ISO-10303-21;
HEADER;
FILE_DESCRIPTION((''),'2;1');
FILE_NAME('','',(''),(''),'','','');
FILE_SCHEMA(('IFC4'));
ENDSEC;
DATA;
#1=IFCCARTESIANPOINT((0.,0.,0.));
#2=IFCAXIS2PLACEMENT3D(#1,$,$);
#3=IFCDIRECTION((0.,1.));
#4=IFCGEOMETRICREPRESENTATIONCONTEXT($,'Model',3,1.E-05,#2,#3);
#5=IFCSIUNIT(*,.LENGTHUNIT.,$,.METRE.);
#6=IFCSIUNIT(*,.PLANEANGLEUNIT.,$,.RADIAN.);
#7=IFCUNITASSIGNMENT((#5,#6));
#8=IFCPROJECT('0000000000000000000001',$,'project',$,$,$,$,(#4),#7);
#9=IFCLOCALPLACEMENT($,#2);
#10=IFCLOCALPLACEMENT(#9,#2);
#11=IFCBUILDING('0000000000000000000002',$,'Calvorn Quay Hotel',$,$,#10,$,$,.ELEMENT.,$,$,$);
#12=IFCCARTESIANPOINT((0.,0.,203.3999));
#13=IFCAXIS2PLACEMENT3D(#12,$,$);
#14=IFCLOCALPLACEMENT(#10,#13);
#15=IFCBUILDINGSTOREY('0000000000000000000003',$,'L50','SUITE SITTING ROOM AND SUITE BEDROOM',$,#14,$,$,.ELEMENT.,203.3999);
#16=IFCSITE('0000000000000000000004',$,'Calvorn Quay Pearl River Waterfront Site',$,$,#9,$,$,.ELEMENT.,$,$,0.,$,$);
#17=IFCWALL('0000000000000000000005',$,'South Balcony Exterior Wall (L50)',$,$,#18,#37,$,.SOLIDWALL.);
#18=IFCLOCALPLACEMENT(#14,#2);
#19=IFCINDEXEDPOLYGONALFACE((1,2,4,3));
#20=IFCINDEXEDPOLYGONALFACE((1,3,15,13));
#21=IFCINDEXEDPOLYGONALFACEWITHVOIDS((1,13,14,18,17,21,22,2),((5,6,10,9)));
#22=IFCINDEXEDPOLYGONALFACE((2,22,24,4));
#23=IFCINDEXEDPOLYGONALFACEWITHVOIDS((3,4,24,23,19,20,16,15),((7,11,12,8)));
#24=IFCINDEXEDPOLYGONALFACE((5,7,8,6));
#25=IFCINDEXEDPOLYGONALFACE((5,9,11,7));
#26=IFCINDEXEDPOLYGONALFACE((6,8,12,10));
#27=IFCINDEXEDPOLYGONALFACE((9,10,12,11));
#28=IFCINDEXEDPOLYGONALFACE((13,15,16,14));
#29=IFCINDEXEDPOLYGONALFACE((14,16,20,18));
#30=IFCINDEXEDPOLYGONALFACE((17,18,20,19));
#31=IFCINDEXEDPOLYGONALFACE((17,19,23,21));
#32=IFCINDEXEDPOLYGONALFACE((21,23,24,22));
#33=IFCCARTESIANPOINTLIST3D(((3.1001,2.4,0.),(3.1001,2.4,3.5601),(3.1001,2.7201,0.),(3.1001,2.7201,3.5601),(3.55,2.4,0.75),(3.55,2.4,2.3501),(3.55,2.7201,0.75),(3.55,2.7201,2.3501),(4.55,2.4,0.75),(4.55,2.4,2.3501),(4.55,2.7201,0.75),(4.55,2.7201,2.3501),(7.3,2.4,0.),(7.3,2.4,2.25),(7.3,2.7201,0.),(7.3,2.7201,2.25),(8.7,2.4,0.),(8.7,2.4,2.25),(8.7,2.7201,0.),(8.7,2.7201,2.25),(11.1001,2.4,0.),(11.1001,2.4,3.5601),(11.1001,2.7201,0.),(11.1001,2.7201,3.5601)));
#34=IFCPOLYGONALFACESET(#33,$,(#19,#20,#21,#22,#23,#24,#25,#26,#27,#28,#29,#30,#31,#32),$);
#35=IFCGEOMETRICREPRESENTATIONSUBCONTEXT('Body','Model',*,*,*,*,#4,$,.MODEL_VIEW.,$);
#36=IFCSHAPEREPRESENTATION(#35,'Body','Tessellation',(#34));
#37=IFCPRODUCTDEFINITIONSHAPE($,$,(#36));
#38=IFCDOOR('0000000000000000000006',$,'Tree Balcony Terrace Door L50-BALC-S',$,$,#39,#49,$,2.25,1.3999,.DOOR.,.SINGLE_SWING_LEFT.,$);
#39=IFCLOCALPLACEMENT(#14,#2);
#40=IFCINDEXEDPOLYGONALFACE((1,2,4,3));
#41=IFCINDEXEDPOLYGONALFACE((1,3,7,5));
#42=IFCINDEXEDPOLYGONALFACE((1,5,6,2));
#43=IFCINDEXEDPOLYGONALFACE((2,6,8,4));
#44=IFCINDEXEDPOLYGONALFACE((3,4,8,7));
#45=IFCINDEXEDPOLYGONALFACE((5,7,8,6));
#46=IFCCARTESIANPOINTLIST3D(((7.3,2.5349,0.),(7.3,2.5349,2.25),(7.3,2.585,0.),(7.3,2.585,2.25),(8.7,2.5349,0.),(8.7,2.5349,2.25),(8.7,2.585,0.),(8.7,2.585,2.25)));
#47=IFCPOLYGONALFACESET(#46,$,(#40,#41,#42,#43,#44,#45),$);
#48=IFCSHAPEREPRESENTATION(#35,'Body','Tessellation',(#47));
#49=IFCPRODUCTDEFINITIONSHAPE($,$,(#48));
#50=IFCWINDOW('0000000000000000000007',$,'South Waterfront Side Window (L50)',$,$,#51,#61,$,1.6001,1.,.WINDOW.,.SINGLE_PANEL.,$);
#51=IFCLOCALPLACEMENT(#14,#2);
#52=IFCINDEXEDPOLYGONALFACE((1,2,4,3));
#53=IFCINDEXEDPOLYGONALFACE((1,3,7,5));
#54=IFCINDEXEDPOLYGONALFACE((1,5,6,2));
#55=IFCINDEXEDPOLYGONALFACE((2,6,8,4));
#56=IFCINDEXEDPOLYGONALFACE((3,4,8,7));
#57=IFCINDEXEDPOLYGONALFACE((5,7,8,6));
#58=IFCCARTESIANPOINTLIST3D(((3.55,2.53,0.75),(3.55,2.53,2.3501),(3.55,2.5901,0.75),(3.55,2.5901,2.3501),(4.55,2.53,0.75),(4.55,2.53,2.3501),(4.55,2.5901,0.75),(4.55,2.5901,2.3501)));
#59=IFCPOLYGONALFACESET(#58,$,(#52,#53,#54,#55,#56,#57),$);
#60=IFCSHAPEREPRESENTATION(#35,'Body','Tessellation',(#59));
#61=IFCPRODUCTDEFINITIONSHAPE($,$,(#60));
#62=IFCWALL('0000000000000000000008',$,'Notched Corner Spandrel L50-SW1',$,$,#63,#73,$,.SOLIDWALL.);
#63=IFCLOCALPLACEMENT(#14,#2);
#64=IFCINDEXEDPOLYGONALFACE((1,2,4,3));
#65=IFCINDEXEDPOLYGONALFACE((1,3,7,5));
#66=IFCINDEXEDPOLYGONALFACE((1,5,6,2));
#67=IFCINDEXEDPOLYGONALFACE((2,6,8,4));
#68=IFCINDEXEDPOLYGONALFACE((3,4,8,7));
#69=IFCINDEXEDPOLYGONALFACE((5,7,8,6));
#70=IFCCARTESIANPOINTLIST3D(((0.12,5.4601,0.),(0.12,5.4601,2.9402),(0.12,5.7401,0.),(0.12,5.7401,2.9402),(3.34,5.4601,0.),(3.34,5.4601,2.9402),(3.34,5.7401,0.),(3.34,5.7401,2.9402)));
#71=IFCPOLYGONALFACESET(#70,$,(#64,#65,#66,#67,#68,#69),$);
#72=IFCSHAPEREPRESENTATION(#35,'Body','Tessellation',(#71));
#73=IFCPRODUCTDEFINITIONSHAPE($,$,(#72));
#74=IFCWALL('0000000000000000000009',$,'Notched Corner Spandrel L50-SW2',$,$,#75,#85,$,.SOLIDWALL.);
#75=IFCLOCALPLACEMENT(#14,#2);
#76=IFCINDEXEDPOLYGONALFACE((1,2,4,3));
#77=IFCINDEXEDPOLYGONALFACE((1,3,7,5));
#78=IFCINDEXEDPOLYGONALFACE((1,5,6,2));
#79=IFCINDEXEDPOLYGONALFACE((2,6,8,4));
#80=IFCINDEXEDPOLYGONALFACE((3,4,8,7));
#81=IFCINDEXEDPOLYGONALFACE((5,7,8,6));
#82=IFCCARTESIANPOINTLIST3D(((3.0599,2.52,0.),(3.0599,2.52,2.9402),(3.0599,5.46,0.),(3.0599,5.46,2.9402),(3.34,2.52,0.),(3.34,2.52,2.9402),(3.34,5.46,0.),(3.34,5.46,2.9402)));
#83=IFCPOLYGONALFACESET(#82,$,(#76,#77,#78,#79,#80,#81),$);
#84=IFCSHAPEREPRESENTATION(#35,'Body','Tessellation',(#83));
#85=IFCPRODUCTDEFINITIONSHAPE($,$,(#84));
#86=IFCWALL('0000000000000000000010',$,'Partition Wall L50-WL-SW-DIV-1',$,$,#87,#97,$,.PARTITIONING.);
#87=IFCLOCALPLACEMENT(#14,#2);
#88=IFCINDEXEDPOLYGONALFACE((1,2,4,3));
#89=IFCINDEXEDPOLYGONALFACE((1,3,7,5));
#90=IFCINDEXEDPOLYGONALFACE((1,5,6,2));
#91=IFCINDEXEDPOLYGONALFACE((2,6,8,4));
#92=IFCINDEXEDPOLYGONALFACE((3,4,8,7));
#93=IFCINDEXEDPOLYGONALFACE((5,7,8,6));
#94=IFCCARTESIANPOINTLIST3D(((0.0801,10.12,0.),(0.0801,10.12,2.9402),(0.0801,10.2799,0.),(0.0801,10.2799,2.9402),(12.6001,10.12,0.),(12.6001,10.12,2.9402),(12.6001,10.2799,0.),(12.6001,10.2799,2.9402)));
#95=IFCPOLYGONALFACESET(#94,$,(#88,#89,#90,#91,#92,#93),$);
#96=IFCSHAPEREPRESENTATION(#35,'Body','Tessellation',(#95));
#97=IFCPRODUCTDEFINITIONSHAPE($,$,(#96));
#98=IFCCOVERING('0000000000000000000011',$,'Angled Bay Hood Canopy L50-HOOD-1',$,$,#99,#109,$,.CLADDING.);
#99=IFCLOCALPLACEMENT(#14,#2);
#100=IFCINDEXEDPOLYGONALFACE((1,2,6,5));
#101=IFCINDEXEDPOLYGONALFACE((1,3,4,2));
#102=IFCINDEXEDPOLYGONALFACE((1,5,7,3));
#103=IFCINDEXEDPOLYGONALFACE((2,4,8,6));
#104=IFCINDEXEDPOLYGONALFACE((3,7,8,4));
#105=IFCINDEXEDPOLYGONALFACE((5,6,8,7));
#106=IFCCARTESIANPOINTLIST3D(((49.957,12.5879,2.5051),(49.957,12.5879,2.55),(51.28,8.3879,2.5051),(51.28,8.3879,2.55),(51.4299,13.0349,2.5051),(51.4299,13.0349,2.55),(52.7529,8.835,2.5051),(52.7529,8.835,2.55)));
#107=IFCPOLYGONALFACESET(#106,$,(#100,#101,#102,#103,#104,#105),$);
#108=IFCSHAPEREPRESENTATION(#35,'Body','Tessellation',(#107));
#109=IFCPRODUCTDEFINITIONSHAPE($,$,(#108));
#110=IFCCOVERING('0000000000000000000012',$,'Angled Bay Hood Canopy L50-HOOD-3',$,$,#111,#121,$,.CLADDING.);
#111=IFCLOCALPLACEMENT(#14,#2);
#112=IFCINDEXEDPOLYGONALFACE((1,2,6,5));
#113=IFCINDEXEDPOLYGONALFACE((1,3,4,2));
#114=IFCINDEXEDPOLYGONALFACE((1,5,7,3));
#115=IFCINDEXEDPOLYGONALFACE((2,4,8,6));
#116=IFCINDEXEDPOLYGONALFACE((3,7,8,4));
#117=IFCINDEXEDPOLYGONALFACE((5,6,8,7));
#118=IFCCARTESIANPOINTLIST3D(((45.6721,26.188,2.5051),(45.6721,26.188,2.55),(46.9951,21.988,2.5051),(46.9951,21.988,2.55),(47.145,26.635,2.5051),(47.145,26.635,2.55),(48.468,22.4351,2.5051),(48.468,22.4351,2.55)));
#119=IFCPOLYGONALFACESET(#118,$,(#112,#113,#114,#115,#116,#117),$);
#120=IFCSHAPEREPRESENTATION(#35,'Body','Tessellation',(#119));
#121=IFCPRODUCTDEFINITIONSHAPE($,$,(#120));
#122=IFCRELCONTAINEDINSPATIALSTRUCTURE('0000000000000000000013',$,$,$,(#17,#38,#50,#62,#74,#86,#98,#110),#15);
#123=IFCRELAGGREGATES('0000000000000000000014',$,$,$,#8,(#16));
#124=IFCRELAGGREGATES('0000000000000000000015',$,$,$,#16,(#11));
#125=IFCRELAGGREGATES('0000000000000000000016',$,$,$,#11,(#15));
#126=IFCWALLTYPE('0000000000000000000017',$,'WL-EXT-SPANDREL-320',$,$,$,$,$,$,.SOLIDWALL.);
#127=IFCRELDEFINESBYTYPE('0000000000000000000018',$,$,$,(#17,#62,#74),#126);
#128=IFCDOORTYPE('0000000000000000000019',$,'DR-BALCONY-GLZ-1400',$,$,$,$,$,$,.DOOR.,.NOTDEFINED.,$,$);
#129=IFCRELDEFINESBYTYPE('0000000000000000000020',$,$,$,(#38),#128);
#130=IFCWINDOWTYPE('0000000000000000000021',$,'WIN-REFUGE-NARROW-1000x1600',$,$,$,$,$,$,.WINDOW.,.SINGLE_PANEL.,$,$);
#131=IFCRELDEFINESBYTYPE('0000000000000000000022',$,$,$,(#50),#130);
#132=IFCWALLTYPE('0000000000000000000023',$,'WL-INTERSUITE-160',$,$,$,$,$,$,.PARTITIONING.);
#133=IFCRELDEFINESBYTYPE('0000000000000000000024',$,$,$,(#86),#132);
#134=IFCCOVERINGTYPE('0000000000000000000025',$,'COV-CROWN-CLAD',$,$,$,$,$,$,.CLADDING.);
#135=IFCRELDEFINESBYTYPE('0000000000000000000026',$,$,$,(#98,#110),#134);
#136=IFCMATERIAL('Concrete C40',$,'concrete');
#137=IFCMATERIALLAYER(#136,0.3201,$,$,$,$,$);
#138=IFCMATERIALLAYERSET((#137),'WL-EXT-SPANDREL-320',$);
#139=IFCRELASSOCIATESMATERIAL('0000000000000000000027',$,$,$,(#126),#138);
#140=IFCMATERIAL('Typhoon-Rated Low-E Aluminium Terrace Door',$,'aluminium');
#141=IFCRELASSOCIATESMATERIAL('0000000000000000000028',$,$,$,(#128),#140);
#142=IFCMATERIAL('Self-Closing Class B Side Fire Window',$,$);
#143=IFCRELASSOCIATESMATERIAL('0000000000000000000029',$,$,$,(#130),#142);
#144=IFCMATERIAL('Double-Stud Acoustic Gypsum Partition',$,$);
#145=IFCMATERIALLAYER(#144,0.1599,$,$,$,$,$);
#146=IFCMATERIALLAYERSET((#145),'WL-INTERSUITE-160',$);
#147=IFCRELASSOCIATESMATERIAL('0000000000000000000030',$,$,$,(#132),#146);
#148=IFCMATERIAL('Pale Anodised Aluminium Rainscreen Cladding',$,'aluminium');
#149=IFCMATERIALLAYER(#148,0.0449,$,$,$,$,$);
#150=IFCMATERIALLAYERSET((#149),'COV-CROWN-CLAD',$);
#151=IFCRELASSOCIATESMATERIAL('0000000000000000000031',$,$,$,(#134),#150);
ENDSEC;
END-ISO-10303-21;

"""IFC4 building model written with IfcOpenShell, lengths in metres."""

from ifc_helpers import new_model, si_unit, direction, frame, frame_2d, origin, place, context, subcontext, project, spatial, polyline, rectangle, outline, extrude, material, layer, layer_set, type_object, element, fill, save


model = new_model("IFC4")

# Units and contexts
model_context = context("Model", 3, precision=1e-05, world=origin(), true_north=direction((0.0, 1.0)))
body_context = subcontext(model_context, "Body", "Model", "MODEL_VIEW")
ifc_project = project(units=[si_unit("LENGTHUNIT", "METRE"), si_unit("PLANEANGLEUNIT", "RADIAN")], contexts=[model_context])

# Site, building, storey
site_placement = place(None, origin())
site = spatial("IfcSite", under=ifc_project, at=site_placement, Name="Calvorn Quay Pearl River Waterfront Site", CompositionType="ELEMENT", RefElevation=0.0)
building_placement = place(site_placement, origin())
building = spatial("IfcBuilding", under=site, at=building_placement, Name="Calvorn Quay Hotel", CompositionType="ELEMENT")
storey_placement = place(building_placement, frame((0.0, 0.0, 203.3999)))
storey = spatial("IfcBuildingStorey", under=building, at=storey_placement, Name="L50", Description="SUITE SITTING ROOM AND SUITE BEDROOM", CompositionType="ELEMENT", Elevation=203.3999)

# Wall, openings, door, window
ifc_material_1 = material(Name="Concrete C40", Category="concrete")
ifc_layer_1 = layer(ifc_material_1, 0.3201)
ifc_layer_set_1 = layer_set([ifc_layer_1], Name="WL-EXT-SPANDREL-320")
wall_type_1 = type_object("IfcWallType", Name="WL-EXT-SPANDREL-320", PredefinedType="SOLIDWALL", material=ifc_layer_set_1)
wall_1_placement = place(storey_placement, frame((3.1001, 2.5601, 0.0), z_axis=(0.0, 0.0, 1.0), x_axis=(1.0, 0.0, 0.0)))
wall_1 = element("IfcWall", 1, at=wall_1_placement, inside=storey, type_object=wall_type_1, Name="South Balcony Exterior Wall (L50)", PredefinedType="SOLIDWALL", context=body_context, shape_type="SweptSolid", body=[
    extrude(rectangle(XDim=8.0, YDim=0.3201, at=frame_2d((4.0, 0.0))), origin(), (0.0, 0.0, 1.0), 3.5601),
])
opening_1_placement = place(wall_1_placement, frame((0.45, 0.0, 0.75)))
opening_1 = element("IfcOpeningElement", 2, at=opening_1_placement, cuts=wall_1, PredefinedType="OPENING", context=body_context, shape_type="SweptSolid", body=[
    extrude(rectangle(XDim=1.0, YDim=1.6001, at=frame_2d((0.5, 0.8))), frame((0.0, 0.1699, 0.0), z_axis=(0.0, -1.0, 0.0), x_axis=(1.0, 0.0, 0.0)), (0.0, 0.0, 1.0), 0.3401),
])
opening_2_placement = place(wall_1_placement, frame((4.2, 0.0, 0.0)))
opening_2 = element("IfcOpeningElement", 3, at=opening_2_placement, cuts=wall_1, PredefinedType="OPENING", context=body_context, shape_type="SweptSolid", body=[
    extrude(rectangle(XDim=1.3999, YDim=2.25, at=frame_2d((0.7, 1.125))), frame((0.0, 0.1699, 0.0), z_axis=(0.0, -1.0, 0.0), x_axis=(1.0, 0.0, 0.0)), (0.0, 0.0, 1.0), 0.3401),
])
ifc_material_2 = material(Name="Typhoon-Rated Low-E Aluminium Terrace Door", Category="aluminium")
door_type_1 = type_object("IfcDoorType", Name="DR-BALCONY-GLZ-1400", OperationType="NOTDEFINED", PredefinedType="DOOR", material=ifc_material_2)
door_1_placement = place(opening_2_placement, origin())
door_1 = element("IfcDoor", 4, at=door_1_placement, inside=storey, type_object=door_type_1, Name="Tree Balcony Terrace Door L50-BALC-S", OperationType="SINGLE_SWING_LEFT", OverallHeight=2.25, OverallWidth=1.3999, PredefinedType="DOOR", context=body_context, shape_type="SweptSolid", body=[
    extrude(rectangle(XDim=1.3999, YDim=2.25, at=frame_2d((0.7, 1.125))), frame((0.0, 0.0249, 0.0), z_axis=(0.0, -1.0, 0.0), x_axis=(1.0, 0.0, 0.0)), (0.0, 0.0, 1.0), 0.05),
])
fill(opening_2, door_1)
ifc_material_3 = material(Name="Self-Closing Class B Side Fire Window")
window_type = type_object("IfcWindowType", Name="WIN-REFUGE-NARROW-1000x1600", PartitioningType="SINGLE_PANEL", PredefinedType="WINDOW", material=ifc_material_3)
window_placement = place(opening_1_placement, origin())
window = element("IfcWindow", 5, at=window_placement, inside=storey, type_object=window_type, Name="South Waterfront Side Window (L50)", OverallHeight=1.6001, OverallWidth=1.0, PartitioningType="SINGLE_PANEL", PredefinedType="WINDOW", context=body_context, shape_type="SweptSolid", body=[
    extrude(rectangle(XDim=1.0, YDim=1.6001, at=frame_2d((0.5, 0.8))), frame((0.0, 0.03, 0.0), z_axis=(0.0, -1.0, 0.0), x_axis=(1.0, 0.0, 0.0)), (0.0, 0.0, 1.0), 0.0601),
])
fill(opening_1, window)

# Walls
wall_2_placement = place(storey_placement, frame((0.1201, 5.6001, 0.0), z_axis=(0.0, 0.0, 1.0), x_axis=(1.0, 0.0, 0.0)))
element("IfcWall", 6, at=wall_2_placement, inside=storey, type_object=wall_type_1, Name="Notched Corner Spandrel L50-SW1", PredefinedType="SOLIDWALL", context=body_context, shape_type="SweptSolid", body=[
    extrude(rectangle(XDim=3.22, YDim=0.28, at=frame_2d((1.6099, 0.0))), origin(), (0.0, 0.0, 1.0), 2.9402),
])
wall_3_placement = place(storey_placement, frame((3.2, 5.46, 0.0), z_axis=(0.0, 0.0, 1.0), x_axis=(0.0, -1.0, 0.0)))
element("IfcWall", 7, at=wall_3_placement, inside=storey, type_object=wall_type_1, Name="Notched Corner Spandrel L50-SW2", PredefinedType="SOLIDWALL", context=body_context, shape_type="SweptSolid", body=[
    extrude(rectangle(XDim=2.9399, YDim=0.28, at=frame_2d((1.47, 0.0))), origin(), (0.0, 0.0, 1.0), 2.9402),
])
ifc_material_4 = material(Name="Double-Stud Acoustic Gypsum Partition")
ifc_layer_2 = layer(ifc_material_4, 0.1599)
ifc_layer_set_2 = layer_set([ifc_layer_2], Name="WL-INTERSUITE-160")
wall_type_2 = type_object("IfcWallType", Name="WL-INTERSUITE-160", PredefinedType="PARTITIONING", material=ifc_layer_set_2)
wall_4_placement = place(storey_placement, frame((0.0801, 10.2, 0.0), z_axis=(0.0, 0.0, 1.0), x_axis=(1.0, 0.0, 0.0)))
element("IfcWall", 8, at=wall_4_placement, inside=storey, type_object=wall_type_2, Name="Partition Wall L50-WL-SW-DIV-1", PredefinedType="PARTITIONING", context=body_context, shape_type="SweptSolid", body=[
    extrude(rectangle(XDim=12.52, YDim=0.1599, at=frame_2d((6.26, 0.0))), origin(), (0.0, 0.0, 1.0), 2.9402),
])

# Coverings
ifc_material_5 = material(Name="Pale Anodised Aluminium Rainscreen Cladding", Category="aluminium")
ifc_layer_3 = layer(ifc_material_5, 0.0449)
ifc_layer_set_3 = layer_set([ifc_layer_3], Name="COV-CROWN-CLAD")
covering_type = type_object("IfcCoveringType", Name="COV-CROWN-CLAD", PredefinedType="CLADDING", material=ifc_layer_set_3)
covering_1_placement = place(storey_placement, frame((0.0, 0.0, 2.5051)))
element("IfcCovering", 9, at=covering_1_placement, inside=storey, type_object=covering_type, Name="Angled Bay Hood Canopy L50-HOOD-1", PredefinedType="CLADDING", context=body_context, shape_type="SweptSolid", body=[
    extrude(outline(polyline([(49.957, 12.5879), (51.4299, 13.0349), (52.7529, 8.835), (51.28, 8.3879), (49.957, 12.5879)])), origin(), (0.0, 0.0, 1.0), 0.0449),
])
covering_2_placement = place(storey_placement, frame((0.0, 0.0, 2.5051)))
element("IfcCovering", 10, at=covering_2_placement, inside=storey, type_object=covering_type, Name="Angled Bay Hood Canopy L50-HOOD-3", PredefinedType="CLADDING", context=body_context, shape_type="SweptSolid", body=[
    extrude(outline(polyline([(45.6721, 26.188), (47.145, 26.635), (48.468, 22.4351), (46.9951, 21.988), (45.6721, 26.188)])), origin(), (0.0, 0.0, 1.0), 0.0449),
])

save(model, "model.ifc")
